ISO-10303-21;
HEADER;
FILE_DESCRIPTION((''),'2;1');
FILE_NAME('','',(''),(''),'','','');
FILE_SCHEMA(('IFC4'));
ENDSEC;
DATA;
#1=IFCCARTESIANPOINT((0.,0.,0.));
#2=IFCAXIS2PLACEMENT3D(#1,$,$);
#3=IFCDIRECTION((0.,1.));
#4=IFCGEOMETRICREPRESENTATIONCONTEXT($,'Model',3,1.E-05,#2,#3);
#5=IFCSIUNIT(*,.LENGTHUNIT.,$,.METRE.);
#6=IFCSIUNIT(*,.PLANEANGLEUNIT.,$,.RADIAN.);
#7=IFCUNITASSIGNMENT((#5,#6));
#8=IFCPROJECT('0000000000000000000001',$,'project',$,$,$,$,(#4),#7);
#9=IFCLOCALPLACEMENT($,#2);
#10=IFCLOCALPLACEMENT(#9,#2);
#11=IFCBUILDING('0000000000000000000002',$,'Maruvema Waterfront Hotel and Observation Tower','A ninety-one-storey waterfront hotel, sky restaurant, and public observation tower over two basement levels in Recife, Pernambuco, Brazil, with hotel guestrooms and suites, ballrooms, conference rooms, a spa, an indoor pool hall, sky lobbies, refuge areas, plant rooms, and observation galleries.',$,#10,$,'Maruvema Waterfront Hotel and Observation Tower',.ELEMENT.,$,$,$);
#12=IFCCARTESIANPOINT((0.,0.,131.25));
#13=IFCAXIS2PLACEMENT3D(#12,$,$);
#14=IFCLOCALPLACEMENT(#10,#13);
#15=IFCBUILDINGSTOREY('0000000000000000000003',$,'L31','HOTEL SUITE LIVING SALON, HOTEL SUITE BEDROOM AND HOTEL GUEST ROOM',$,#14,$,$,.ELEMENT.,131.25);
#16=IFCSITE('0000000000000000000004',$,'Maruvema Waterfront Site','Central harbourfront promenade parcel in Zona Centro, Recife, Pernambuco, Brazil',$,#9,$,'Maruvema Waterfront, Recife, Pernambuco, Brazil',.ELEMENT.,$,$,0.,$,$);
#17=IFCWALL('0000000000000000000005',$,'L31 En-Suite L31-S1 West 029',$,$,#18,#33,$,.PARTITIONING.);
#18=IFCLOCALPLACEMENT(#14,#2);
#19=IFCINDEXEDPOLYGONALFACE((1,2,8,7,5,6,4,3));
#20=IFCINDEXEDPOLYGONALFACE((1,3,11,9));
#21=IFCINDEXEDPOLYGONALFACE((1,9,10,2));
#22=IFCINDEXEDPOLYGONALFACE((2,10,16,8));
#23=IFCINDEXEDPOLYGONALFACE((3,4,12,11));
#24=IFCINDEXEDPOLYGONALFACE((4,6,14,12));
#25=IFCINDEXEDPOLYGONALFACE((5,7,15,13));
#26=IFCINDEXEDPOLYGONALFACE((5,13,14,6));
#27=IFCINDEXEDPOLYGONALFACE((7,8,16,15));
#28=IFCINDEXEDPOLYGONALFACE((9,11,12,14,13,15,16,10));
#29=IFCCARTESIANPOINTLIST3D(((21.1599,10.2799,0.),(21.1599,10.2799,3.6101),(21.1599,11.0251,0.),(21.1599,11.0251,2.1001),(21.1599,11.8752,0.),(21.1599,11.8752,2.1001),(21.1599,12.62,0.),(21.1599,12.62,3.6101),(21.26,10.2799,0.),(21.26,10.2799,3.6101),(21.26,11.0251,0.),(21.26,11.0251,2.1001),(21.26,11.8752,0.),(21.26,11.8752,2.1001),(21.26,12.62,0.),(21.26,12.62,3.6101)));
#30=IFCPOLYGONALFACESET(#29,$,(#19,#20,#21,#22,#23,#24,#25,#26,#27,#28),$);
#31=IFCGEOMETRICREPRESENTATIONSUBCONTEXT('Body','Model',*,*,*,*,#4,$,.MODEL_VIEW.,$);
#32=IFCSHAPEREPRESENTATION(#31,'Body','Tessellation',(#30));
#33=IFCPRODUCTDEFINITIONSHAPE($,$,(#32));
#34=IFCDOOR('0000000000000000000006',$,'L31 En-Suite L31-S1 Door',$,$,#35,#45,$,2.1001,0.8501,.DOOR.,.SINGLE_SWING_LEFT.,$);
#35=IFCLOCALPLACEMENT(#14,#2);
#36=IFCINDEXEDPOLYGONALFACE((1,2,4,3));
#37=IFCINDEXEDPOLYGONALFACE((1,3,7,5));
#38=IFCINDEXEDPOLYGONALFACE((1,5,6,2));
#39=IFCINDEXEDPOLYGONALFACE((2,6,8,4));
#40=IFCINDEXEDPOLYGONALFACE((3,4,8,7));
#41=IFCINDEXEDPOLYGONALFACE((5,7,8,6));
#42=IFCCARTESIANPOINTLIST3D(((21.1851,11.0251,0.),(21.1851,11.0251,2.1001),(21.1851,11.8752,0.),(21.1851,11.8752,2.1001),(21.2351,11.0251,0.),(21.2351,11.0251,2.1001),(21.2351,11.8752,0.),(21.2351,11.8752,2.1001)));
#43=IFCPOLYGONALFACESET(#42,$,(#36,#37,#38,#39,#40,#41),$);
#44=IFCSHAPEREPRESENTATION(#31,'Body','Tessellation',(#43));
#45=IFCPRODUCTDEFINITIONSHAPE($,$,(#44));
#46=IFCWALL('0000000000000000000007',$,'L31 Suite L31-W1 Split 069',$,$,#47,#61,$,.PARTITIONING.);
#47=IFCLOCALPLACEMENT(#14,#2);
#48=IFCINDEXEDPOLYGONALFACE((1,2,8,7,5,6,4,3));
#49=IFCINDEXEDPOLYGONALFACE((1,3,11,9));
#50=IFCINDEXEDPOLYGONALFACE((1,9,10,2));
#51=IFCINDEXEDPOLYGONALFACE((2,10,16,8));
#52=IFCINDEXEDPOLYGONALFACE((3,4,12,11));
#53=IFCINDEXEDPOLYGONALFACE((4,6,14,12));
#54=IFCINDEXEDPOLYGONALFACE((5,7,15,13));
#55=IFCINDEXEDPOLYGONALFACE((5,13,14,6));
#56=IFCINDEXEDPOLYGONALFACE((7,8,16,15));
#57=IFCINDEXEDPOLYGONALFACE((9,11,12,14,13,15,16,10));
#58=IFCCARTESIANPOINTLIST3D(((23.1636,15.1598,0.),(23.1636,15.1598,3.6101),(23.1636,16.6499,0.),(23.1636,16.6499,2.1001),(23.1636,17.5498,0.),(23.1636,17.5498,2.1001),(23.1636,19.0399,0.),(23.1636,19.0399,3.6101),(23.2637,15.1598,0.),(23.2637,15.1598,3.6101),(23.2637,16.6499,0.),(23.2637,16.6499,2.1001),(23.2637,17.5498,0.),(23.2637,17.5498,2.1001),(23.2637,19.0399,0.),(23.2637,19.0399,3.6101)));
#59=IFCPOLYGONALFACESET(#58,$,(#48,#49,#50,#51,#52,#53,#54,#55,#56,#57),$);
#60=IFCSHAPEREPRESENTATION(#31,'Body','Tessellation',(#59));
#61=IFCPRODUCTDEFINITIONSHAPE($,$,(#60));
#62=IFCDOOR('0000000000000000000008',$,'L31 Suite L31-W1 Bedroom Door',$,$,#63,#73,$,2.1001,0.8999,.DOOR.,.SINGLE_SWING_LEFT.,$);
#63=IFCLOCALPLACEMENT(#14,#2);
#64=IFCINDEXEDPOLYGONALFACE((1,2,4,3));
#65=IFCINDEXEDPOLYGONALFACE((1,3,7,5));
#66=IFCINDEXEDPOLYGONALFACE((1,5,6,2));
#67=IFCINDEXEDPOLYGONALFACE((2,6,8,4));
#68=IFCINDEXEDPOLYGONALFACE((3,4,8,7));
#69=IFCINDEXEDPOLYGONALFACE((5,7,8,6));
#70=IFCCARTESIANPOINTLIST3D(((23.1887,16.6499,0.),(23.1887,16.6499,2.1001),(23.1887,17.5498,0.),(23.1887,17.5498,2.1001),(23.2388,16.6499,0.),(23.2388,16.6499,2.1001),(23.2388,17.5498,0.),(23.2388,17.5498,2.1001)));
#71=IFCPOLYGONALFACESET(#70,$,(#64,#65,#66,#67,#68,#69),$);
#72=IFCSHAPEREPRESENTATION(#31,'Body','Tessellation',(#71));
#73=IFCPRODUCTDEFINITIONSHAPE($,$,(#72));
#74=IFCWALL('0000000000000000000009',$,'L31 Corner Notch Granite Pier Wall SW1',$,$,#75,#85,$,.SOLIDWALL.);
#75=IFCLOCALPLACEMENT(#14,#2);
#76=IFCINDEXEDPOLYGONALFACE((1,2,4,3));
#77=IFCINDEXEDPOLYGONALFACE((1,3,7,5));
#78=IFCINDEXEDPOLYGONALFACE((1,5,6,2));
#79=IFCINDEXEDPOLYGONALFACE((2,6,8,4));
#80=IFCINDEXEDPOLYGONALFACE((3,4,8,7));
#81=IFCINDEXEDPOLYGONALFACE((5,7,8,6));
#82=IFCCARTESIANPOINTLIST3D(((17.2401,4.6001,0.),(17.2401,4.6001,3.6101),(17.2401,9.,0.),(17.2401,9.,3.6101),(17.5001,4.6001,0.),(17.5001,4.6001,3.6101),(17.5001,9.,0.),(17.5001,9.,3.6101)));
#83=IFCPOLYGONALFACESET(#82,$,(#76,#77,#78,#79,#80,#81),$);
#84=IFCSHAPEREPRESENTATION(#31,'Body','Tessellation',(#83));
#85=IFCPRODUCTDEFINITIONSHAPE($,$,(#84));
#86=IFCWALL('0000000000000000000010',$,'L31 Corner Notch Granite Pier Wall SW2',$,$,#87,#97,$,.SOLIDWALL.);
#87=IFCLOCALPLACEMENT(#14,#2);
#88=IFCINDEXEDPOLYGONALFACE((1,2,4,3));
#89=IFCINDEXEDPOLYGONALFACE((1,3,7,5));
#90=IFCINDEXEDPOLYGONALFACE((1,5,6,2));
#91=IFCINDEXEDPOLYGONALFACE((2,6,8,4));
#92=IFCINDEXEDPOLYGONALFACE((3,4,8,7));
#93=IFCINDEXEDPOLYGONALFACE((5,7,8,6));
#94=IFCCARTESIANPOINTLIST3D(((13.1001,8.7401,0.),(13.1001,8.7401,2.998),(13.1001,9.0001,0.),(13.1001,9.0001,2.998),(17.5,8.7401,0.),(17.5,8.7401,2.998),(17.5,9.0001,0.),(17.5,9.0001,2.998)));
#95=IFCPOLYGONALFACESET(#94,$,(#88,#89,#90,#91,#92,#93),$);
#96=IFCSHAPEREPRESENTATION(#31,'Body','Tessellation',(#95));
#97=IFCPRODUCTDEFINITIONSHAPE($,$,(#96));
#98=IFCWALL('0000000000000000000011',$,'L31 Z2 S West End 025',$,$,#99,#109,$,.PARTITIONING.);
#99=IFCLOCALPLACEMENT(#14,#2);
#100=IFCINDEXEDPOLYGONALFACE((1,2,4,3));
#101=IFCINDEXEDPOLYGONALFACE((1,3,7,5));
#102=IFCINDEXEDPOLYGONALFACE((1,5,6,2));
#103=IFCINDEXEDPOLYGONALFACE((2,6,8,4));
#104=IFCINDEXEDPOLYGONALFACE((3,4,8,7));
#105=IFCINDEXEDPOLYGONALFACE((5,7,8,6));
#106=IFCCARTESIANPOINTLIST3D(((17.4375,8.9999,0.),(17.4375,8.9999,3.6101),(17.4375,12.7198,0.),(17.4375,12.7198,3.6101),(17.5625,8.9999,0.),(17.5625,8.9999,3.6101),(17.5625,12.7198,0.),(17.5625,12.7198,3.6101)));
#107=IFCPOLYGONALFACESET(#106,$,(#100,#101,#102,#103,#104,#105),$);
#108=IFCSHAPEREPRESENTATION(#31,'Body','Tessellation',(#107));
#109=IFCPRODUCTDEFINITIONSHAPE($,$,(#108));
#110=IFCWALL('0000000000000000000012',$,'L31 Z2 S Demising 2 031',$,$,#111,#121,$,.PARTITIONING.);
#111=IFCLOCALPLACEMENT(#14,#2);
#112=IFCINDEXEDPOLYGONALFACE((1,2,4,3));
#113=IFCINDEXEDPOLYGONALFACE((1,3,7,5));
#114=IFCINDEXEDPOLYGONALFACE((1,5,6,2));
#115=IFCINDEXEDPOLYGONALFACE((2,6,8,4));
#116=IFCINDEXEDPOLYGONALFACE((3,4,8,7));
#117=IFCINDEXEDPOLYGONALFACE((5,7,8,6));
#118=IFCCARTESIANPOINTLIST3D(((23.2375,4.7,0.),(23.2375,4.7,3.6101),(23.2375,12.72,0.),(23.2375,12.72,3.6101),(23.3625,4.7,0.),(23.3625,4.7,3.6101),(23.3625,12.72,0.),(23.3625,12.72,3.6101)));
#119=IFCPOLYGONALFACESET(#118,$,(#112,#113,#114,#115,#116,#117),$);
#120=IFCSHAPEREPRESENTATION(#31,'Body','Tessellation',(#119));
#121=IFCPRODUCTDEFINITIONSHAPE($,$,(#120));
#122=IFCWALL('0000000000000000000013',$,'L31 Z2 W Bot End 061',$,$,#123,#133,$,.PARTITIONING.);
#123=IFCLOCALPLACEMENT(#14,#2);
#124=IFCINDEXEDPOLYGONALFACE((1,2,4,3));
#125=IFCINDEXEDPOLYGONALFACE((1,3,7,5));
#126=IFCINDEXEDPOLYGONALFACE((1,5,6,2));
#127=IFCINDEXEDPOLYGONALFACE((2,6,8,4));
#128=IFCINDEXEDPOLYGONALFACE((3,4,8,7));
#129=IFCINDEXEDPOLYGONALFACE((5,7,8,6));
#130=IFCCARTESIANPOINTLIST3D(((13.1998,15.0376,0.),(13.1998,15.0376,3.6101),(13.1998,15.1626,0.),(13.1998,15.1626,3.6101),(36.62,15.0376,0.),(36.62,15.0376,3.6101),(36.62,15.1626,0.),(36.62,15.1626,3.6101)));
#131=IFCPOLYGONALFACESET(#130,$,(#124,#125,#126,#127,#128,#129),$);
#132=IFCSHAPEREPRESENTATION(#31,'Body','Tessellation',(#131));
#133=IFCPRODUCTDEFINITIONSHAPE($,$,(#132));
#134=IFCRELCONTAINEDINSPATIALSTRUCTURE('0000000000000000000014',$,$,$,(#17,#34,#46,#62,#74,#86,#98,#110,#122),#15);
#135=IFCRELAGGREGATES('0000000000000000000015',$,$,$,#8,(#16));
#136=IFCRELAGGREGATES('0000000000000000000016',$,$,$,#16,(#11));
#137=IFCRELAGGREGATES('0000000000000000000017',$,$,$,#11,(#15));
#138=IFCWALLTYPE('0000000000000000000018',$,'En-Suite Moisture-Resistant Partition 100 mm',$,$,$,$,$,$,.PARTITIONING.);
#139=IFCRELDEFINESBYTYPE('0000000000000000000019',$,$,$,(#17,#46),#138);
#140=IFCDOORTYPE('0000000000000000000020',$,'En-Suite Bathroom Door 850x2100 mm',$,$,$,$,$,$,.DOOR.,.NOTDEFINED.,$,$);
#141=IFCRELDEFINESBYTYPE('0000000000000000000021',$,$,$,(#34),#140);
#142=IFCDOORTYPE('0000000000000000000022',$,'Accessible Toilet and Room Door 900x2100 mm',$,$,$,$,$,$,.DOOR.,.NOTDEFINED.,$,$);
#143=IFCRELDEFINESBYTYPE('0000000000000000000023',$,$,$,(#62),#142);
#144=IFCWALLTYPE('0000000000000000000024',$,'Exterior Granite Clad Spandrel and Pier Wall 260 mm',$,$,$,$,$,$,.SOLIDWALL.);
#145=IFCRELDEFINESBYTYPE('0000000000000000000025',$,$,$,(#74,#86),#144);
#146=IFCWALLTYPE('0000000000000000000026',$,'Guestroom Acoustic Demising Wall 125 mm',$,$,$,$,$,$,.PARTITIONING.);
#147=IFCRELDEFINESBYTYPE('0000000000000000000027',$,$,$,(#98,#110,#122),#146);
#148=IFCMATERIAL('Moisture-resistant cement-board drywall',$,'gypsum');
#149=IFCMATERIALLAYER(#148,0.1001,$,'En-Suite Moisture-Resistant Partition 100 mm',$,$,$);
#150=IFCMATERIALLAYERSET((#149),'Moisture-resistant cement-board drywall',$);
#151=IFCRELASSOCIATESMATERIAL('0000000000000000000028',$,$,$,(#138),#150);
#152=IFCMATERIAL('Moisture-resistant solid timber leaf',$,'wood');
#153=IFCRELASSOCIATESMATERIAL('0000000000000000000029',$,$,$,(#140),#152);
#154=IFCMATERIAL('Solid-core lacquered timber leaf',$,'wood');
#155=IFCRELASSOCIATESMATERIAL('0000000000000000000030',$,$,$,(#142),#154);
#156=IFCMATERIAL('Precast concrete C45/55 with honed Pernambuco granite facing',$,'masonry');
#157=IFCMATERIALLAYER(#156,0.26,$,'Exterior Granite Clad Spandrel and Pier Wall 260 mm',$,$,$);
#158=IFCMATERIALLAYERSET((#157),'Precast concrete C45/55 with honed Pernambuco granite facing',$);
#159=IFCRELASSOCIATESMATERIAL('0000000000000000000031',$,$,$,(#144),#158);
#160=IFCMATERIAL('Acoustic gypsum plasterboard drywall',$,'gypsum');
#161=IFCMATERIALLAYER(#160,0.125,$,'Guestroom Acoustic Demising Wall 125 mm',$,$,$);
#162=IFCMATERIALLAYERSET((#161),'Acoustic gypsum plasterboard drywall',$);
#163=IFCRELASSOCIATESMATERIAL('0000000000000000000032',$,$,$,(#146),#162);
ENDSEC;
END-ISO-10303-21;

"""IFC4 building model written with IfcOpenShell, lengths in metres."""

from ifc_helpers import new_model, si_unit, direction, frame, frame_2d, origin, place, context, subcontext, project, spatial, rectangle, extrude, material, layer, layer_set, type_object, element, fill, save


model = new_model("IFC4")

# Units and contexts
model_context = context("Model", 3, precision=1e-05, world=origin(), true_north=direction((0.0, 1.0)))
body_context = subcontext(model_context, "Body", "Model", "MODEL_VIEW")
ifc_project = project(units=[si_unit("LENGTHUNIT", "METRE"), si_unit("PLANEANGLEUNIT", "RADIAN")], contexts=[model_context])

# Site, building, storey
site_placement = place(None, origin())
site = spatial("IfcSite", under=ifc_project, at=site_placement, Name="Maruvema Waterfront Site", Description="Central harbourfront promenade parcel in Zona Centro, Recife, Pernambuco, Brazil", LongName="Maruvema Waterfront, Recife, Pernambuco, Brazil", CompositionType="ELEMENT", RefElevation=0.0)
building_placement = place(site_placement, origin())
building = spatial("IfcBuilding", under=site, at=building_placement, Name="Maruvema Waterfront Hotel and Observation Tower", Description="A ninety-one-storey waterfront hotel, sky restaurant, and public observation tower over two basement levels in Recife, Pernambuco, Brazil, with hotel guestrooms and suites, ballrooms, conference rooms, a spa, an indoor pool hall, sky lobbies, refuge areas, plant rooms, and observation galleries.", LongName="Maruvema Waterfront Hotel and Observation Tower", CompositionType="ELEMENT")
storey_placement = place(building_placement, frame((0.0, 0.0, 131.25)))
storey = spatial("IfcBuildingStorey", under=building, at=storey_placement, Name="L31", Description="HOTEL SUITE LIVING SALON, HOTEL SUITE BEDROOM AND HOTEL GUEST ROOM", CompositionType="ELEMENT", Elevation=131.25)

# Shared definitions
ifc_material_1 = material(Name="Moisture-resistant cement-board drywall", Category="gypsum")
ifc_layer_1 = layer(ifc_material_1, 0.1001, Name="En-Suite Moisture-Resistant Partition 100 mm")
ifc_layer_set_1 = layer_set([ifc_layer_1], Name="Moisture-resistant cement-board drywall")
wall_type_1 = type_object("IfcWallType", Name="En-Suite Moisture-Resistant Partition 100 mm", PredefinedType="PARTITIONING", material=ifc_layer_set_1)

# Walls, openings, doors
wall_1_placement = place(storey_placement, frame((21.21, 10.28, 0.0), z_axis=(0.0, 0.0, 1.0), x_axis=(0.0, 1.0, 0.0)))
wall_1 = element("IfcWall", 1, at=wall_1_placement, inside=storey, type_object=wall_type_1, Name="L31 En-Suite L31-S1 West 029", PredefinedType="PARTITIONING", context=body_context, shape_type="SweptSolid", body=[
    extrude(rectangle(XDim=2.3401, YDim=0.1001, at=frame_2d((1.1699, 0.0))), origin(), (0.0, 0.0, 1.0), 3.6101),
])
opening_1_placement = place(wall_1_placement, frame((0.7451, 0.0, 0.0)))
opening_1 = element("IfcOpeningElement", 2, at=opening_1_placement, cuts=wall_1, PredefinedType="OPENING", context=body_context, shape_type="SweptSolid", body=[
    extrude(rectangle(XDim=0.8501, YDim=2.1001, at=frame_2d((0.425, 1.05))), frame((0.0, 0.0601, 0.0), z_axis=(0.0, -1.0, 0.0), x_axis=(1.0, 0.0, 0.0)), (0.0, 0.0, 1.0), 0.1201),
])
ifc_material_2 = material(Name="Moisture-resistant solid timber leaf", Category="wood")
door_type_1 = type_object("IfcDoorType", Name="En-Suite Bathroom Door 850x2100 mm", OperationType="NOTDEFINED", PredefinedType="DOOR", material=ifc_material_2)
door_1_placement = place(opening_1_placement, origin())
door_1 = element("IfcDoor", 3, at=door_1_placement, inside=storey, type_object=door_type_1, Name="L31 En-Suite L31-S1 Door", OperationType="SINGLE_SWING_LEFT", OverallHeight=2.1001, OverallWidth=0.8501, PredefinedType="DOOR", context=body_context, shape_type="SweptSolid", body=[
    extrude(rectangle(XDim=0.8501, YDim=2.1001, at=frame_2d((0.425, 1.05))), frame((0.0, 0.0249, 0.0), z_axis=(0.0, -1.0, 0.0), x_axis=(1.0, 0.0, 0.0)), (0.0, 0.0, 1.0), 0.05),
])
fill(opening_1, door_1)
wall_2_placement = place(storey_placement, frame((23.2136, 15.1599, 0.0), z_axis=(0.0, 0.0, 1.0), x_axis=(0.0, 1.0, 0.0)))
wall_2 = element("IfcWall", 4, at=wall_2_placement, inside=storey, type_object=wall_type_1, Name="L31 Suite L31-W1 Split 069", PredefinedType="PARTITIONING", context=body_context, shape_type="SweptSolid", body=[
    extrude(rectangle(XDim=3.8801, YDim=0.1001, at=frame_2d((1.9399, 0.0))), origin(), (0.0, 0.0, 1.0), 3.6101),
])
opening_2_placement = place(wall_2_placement, frame((1.49, 0.0, 0.0)))
opening_2 = element("IfcOpeningElement", 5, at=opening_2_placement, cuts=wall_2, PredefinedType="OPENING", context=body_context, shape_type="SweptSolid", body=[
    extrude(rectangle(XDim=0.8999, YDim=2.1001, at=frame_2d((0.45, 1.05))), frame((0.0, 0.0601, 0.0), z_axis=(0.0, -1.0, 0.0), x_axis=(1.0, 0.0, 0.0)), (0.0, 0.0, 1.0), 0.1201),
])
ifc_material_3 = material(Name="Solid-core lacquered timber leaf", Category="wood")
door_type_2 = type_object("IfcDoorType", Name="Accessible Toilet and Room Door 900x2100 mm", OperationType="NOTDEFINED", PredefinedType="DOOR", material=ifc_material_3)
door_2_placement = place(opening_2_placement, origin())
door_2 = element("IfcDoor", 6, at=door_2_placement, inside=storey, type_object=door_type_2, Name="L31 Suite L31-W1 Bedroom Door", OperationType="SINGLE_SWING_LEFT", OverallHeight=2.1001, OverallWidth=0.8999, PredefinedType="DOOR", context=body_context, shape_type="SweptSolid", body=[
    extrude(rectangle(XDim=0.8999, YDim=2.1001, at=frame_2d((0.45, 1.05))), frame((0.0, 0.0249, 0.0), z_axis=(0.0, -1.0, 0.0), x_axis=(1.0, 0.0, 0.0)), (0.0, 0.0, 1.0), 0.05),
])
fill(opening_2, door_2)

# Walls
ifc_material_4 = material(Name="Precast concrete C45/55 with honed Pernambuco granite facing", Category="masonry")
ifc_layer_2 = layer(ifc_material_4, 0.26, Name="Exterior Granite Clad Spandrel and Pier Wall 260 mm")
ifc_layer_set_2 = layer_set([ifc_layer_2], Name="Precast concrete C45/55 with honed Pernambuco granite facing")
wall_type_2 = type_object("IfcWallType", Name="Exterior Granite Clad Spandrel and Pier Wall 260 mm", PredefinedType="SOLIDWALL", material=ifc_layer_set_2)
wall_3_placement = place(storey_placement, frame((17.3701, 4.6001, 0.0), z_axis=(0.0, 0.0, 1.0), x_axis=(0.0, 1.0, 0.0)))
element("IfcWall", 7, at=wall_3_placement, inside=storey, type_object=wall_type_2, Name="L31 Corner Notch Granite Pier Wall SW1", PredefinedType="SOLIDWALL", context=body_context, shape_type="SweptSolid", body=[
    extrude(rectangle(XDim=4.3999, YDim=0.26, at=frame_2d((2.2, 0.0))), origin(), (0.0, 0.0, 1.0), 3.6101),
])
wall_4_placement = place(storey_placement, frame((17.5, 8.8701, 0.0), z_axis=(0.0, 0.0, 1.0), x_axis=(-1.0, 0.0, 0.0)))
element("IfcWall", 8, at=wall_4_placement, inside=storey, type_object=wall_type_2, Name="L31 Corner Notch Granite Pier Wall SW2", PredefinedType="SOLIDWALL", context=body_context, shape_type="SweptSolid", body=[
    extrude(rectangle(XDim=4.3999, YDim=0.26, at=frame_2d((2.2, 0.0))), origin(), (0.0, 0.0, 1.0), 2.998),
])
ifc_material_5 = material(Name="Acoustic gypsum plasterboard drywall", Category="gypsum")
ifc_layer_3 = layer(ifc_material_5, 0.125, Name="Guestroom Acoustic Demising Wall 125 mm")
ifc_layer_set_3 = layer_set([ifc_layer_3], Name="Acoustic gypsum plasterboard drywall")
wall_type_3 = type_object("IfcWallType", Name="Guestroom Acoustic Demising Wall 125 mm", PredefinedType="PARTITIONING", material=ifc_layer_set_3)
wall_5_placement = place(storey_placement, frame((17.5, 9.0, 0.0), z_axis=(0.0, 0.0, 1.0), x_axis=(0.0, 1.0, 0.0)))
element("IfcWall", 9, at=wall_5_placement, inside=storey, type_object=wall_type_3, Name="L31 Z2 S West End 025", PredefinedType="PARTITIONING", context=body_context, shape_type="SweptSolid", body=[
    extrude(rectangle(XDim=3.72, YDim=0.125, at=frame_2d((1.8599, 0.0))), origin(), (0.0, 0.0, 1.0), 3.6101),
])
wall_6_placement = place(storey_placement, frame((23.3, 4.7, 0.0), z_axis=(0.0, 0.0, 1.0), x_axis=(0.0, 1.0, 0.0)))
element("IfcWall", 10, at=wall_6_placement, inside=storey, type_object=wall_type_3, Name="L31 Z2 S Demising 2 031", PredefinedType="PARTITIONING", context=body_context, shape_type="SweptSolid", body=[
    extrude(rectangle(XDim=8.02, YDim=0.125, at=frame_2d((4.01, 0.0))), origin(), (0.0, 0.0, 1.0), 3.6101),
])
wall_7_placement = place(storey_placement, frame((13.2, 15.1001, 0.0), z_axis=(0.0, 0.0, 1.0), x_axis=(1.0, 0.0, 0.0)))
element("IfcWall", 11, at=wall_7_placement, inside=storey, type_object=wall_type_3, Name="L31 Z2 W Bot End 061", PredefinedType="PARTITIONING", context=body_context, shape_type="SweptSolid", body=[
    extrude(rectangle(XDim=23.4202, YDim=0.125, at=frame_2d((11.71, 0.0))), origin(), (0.0, 0.0, 1.0), 3.6101),
])

save(model, "model.ifc")
